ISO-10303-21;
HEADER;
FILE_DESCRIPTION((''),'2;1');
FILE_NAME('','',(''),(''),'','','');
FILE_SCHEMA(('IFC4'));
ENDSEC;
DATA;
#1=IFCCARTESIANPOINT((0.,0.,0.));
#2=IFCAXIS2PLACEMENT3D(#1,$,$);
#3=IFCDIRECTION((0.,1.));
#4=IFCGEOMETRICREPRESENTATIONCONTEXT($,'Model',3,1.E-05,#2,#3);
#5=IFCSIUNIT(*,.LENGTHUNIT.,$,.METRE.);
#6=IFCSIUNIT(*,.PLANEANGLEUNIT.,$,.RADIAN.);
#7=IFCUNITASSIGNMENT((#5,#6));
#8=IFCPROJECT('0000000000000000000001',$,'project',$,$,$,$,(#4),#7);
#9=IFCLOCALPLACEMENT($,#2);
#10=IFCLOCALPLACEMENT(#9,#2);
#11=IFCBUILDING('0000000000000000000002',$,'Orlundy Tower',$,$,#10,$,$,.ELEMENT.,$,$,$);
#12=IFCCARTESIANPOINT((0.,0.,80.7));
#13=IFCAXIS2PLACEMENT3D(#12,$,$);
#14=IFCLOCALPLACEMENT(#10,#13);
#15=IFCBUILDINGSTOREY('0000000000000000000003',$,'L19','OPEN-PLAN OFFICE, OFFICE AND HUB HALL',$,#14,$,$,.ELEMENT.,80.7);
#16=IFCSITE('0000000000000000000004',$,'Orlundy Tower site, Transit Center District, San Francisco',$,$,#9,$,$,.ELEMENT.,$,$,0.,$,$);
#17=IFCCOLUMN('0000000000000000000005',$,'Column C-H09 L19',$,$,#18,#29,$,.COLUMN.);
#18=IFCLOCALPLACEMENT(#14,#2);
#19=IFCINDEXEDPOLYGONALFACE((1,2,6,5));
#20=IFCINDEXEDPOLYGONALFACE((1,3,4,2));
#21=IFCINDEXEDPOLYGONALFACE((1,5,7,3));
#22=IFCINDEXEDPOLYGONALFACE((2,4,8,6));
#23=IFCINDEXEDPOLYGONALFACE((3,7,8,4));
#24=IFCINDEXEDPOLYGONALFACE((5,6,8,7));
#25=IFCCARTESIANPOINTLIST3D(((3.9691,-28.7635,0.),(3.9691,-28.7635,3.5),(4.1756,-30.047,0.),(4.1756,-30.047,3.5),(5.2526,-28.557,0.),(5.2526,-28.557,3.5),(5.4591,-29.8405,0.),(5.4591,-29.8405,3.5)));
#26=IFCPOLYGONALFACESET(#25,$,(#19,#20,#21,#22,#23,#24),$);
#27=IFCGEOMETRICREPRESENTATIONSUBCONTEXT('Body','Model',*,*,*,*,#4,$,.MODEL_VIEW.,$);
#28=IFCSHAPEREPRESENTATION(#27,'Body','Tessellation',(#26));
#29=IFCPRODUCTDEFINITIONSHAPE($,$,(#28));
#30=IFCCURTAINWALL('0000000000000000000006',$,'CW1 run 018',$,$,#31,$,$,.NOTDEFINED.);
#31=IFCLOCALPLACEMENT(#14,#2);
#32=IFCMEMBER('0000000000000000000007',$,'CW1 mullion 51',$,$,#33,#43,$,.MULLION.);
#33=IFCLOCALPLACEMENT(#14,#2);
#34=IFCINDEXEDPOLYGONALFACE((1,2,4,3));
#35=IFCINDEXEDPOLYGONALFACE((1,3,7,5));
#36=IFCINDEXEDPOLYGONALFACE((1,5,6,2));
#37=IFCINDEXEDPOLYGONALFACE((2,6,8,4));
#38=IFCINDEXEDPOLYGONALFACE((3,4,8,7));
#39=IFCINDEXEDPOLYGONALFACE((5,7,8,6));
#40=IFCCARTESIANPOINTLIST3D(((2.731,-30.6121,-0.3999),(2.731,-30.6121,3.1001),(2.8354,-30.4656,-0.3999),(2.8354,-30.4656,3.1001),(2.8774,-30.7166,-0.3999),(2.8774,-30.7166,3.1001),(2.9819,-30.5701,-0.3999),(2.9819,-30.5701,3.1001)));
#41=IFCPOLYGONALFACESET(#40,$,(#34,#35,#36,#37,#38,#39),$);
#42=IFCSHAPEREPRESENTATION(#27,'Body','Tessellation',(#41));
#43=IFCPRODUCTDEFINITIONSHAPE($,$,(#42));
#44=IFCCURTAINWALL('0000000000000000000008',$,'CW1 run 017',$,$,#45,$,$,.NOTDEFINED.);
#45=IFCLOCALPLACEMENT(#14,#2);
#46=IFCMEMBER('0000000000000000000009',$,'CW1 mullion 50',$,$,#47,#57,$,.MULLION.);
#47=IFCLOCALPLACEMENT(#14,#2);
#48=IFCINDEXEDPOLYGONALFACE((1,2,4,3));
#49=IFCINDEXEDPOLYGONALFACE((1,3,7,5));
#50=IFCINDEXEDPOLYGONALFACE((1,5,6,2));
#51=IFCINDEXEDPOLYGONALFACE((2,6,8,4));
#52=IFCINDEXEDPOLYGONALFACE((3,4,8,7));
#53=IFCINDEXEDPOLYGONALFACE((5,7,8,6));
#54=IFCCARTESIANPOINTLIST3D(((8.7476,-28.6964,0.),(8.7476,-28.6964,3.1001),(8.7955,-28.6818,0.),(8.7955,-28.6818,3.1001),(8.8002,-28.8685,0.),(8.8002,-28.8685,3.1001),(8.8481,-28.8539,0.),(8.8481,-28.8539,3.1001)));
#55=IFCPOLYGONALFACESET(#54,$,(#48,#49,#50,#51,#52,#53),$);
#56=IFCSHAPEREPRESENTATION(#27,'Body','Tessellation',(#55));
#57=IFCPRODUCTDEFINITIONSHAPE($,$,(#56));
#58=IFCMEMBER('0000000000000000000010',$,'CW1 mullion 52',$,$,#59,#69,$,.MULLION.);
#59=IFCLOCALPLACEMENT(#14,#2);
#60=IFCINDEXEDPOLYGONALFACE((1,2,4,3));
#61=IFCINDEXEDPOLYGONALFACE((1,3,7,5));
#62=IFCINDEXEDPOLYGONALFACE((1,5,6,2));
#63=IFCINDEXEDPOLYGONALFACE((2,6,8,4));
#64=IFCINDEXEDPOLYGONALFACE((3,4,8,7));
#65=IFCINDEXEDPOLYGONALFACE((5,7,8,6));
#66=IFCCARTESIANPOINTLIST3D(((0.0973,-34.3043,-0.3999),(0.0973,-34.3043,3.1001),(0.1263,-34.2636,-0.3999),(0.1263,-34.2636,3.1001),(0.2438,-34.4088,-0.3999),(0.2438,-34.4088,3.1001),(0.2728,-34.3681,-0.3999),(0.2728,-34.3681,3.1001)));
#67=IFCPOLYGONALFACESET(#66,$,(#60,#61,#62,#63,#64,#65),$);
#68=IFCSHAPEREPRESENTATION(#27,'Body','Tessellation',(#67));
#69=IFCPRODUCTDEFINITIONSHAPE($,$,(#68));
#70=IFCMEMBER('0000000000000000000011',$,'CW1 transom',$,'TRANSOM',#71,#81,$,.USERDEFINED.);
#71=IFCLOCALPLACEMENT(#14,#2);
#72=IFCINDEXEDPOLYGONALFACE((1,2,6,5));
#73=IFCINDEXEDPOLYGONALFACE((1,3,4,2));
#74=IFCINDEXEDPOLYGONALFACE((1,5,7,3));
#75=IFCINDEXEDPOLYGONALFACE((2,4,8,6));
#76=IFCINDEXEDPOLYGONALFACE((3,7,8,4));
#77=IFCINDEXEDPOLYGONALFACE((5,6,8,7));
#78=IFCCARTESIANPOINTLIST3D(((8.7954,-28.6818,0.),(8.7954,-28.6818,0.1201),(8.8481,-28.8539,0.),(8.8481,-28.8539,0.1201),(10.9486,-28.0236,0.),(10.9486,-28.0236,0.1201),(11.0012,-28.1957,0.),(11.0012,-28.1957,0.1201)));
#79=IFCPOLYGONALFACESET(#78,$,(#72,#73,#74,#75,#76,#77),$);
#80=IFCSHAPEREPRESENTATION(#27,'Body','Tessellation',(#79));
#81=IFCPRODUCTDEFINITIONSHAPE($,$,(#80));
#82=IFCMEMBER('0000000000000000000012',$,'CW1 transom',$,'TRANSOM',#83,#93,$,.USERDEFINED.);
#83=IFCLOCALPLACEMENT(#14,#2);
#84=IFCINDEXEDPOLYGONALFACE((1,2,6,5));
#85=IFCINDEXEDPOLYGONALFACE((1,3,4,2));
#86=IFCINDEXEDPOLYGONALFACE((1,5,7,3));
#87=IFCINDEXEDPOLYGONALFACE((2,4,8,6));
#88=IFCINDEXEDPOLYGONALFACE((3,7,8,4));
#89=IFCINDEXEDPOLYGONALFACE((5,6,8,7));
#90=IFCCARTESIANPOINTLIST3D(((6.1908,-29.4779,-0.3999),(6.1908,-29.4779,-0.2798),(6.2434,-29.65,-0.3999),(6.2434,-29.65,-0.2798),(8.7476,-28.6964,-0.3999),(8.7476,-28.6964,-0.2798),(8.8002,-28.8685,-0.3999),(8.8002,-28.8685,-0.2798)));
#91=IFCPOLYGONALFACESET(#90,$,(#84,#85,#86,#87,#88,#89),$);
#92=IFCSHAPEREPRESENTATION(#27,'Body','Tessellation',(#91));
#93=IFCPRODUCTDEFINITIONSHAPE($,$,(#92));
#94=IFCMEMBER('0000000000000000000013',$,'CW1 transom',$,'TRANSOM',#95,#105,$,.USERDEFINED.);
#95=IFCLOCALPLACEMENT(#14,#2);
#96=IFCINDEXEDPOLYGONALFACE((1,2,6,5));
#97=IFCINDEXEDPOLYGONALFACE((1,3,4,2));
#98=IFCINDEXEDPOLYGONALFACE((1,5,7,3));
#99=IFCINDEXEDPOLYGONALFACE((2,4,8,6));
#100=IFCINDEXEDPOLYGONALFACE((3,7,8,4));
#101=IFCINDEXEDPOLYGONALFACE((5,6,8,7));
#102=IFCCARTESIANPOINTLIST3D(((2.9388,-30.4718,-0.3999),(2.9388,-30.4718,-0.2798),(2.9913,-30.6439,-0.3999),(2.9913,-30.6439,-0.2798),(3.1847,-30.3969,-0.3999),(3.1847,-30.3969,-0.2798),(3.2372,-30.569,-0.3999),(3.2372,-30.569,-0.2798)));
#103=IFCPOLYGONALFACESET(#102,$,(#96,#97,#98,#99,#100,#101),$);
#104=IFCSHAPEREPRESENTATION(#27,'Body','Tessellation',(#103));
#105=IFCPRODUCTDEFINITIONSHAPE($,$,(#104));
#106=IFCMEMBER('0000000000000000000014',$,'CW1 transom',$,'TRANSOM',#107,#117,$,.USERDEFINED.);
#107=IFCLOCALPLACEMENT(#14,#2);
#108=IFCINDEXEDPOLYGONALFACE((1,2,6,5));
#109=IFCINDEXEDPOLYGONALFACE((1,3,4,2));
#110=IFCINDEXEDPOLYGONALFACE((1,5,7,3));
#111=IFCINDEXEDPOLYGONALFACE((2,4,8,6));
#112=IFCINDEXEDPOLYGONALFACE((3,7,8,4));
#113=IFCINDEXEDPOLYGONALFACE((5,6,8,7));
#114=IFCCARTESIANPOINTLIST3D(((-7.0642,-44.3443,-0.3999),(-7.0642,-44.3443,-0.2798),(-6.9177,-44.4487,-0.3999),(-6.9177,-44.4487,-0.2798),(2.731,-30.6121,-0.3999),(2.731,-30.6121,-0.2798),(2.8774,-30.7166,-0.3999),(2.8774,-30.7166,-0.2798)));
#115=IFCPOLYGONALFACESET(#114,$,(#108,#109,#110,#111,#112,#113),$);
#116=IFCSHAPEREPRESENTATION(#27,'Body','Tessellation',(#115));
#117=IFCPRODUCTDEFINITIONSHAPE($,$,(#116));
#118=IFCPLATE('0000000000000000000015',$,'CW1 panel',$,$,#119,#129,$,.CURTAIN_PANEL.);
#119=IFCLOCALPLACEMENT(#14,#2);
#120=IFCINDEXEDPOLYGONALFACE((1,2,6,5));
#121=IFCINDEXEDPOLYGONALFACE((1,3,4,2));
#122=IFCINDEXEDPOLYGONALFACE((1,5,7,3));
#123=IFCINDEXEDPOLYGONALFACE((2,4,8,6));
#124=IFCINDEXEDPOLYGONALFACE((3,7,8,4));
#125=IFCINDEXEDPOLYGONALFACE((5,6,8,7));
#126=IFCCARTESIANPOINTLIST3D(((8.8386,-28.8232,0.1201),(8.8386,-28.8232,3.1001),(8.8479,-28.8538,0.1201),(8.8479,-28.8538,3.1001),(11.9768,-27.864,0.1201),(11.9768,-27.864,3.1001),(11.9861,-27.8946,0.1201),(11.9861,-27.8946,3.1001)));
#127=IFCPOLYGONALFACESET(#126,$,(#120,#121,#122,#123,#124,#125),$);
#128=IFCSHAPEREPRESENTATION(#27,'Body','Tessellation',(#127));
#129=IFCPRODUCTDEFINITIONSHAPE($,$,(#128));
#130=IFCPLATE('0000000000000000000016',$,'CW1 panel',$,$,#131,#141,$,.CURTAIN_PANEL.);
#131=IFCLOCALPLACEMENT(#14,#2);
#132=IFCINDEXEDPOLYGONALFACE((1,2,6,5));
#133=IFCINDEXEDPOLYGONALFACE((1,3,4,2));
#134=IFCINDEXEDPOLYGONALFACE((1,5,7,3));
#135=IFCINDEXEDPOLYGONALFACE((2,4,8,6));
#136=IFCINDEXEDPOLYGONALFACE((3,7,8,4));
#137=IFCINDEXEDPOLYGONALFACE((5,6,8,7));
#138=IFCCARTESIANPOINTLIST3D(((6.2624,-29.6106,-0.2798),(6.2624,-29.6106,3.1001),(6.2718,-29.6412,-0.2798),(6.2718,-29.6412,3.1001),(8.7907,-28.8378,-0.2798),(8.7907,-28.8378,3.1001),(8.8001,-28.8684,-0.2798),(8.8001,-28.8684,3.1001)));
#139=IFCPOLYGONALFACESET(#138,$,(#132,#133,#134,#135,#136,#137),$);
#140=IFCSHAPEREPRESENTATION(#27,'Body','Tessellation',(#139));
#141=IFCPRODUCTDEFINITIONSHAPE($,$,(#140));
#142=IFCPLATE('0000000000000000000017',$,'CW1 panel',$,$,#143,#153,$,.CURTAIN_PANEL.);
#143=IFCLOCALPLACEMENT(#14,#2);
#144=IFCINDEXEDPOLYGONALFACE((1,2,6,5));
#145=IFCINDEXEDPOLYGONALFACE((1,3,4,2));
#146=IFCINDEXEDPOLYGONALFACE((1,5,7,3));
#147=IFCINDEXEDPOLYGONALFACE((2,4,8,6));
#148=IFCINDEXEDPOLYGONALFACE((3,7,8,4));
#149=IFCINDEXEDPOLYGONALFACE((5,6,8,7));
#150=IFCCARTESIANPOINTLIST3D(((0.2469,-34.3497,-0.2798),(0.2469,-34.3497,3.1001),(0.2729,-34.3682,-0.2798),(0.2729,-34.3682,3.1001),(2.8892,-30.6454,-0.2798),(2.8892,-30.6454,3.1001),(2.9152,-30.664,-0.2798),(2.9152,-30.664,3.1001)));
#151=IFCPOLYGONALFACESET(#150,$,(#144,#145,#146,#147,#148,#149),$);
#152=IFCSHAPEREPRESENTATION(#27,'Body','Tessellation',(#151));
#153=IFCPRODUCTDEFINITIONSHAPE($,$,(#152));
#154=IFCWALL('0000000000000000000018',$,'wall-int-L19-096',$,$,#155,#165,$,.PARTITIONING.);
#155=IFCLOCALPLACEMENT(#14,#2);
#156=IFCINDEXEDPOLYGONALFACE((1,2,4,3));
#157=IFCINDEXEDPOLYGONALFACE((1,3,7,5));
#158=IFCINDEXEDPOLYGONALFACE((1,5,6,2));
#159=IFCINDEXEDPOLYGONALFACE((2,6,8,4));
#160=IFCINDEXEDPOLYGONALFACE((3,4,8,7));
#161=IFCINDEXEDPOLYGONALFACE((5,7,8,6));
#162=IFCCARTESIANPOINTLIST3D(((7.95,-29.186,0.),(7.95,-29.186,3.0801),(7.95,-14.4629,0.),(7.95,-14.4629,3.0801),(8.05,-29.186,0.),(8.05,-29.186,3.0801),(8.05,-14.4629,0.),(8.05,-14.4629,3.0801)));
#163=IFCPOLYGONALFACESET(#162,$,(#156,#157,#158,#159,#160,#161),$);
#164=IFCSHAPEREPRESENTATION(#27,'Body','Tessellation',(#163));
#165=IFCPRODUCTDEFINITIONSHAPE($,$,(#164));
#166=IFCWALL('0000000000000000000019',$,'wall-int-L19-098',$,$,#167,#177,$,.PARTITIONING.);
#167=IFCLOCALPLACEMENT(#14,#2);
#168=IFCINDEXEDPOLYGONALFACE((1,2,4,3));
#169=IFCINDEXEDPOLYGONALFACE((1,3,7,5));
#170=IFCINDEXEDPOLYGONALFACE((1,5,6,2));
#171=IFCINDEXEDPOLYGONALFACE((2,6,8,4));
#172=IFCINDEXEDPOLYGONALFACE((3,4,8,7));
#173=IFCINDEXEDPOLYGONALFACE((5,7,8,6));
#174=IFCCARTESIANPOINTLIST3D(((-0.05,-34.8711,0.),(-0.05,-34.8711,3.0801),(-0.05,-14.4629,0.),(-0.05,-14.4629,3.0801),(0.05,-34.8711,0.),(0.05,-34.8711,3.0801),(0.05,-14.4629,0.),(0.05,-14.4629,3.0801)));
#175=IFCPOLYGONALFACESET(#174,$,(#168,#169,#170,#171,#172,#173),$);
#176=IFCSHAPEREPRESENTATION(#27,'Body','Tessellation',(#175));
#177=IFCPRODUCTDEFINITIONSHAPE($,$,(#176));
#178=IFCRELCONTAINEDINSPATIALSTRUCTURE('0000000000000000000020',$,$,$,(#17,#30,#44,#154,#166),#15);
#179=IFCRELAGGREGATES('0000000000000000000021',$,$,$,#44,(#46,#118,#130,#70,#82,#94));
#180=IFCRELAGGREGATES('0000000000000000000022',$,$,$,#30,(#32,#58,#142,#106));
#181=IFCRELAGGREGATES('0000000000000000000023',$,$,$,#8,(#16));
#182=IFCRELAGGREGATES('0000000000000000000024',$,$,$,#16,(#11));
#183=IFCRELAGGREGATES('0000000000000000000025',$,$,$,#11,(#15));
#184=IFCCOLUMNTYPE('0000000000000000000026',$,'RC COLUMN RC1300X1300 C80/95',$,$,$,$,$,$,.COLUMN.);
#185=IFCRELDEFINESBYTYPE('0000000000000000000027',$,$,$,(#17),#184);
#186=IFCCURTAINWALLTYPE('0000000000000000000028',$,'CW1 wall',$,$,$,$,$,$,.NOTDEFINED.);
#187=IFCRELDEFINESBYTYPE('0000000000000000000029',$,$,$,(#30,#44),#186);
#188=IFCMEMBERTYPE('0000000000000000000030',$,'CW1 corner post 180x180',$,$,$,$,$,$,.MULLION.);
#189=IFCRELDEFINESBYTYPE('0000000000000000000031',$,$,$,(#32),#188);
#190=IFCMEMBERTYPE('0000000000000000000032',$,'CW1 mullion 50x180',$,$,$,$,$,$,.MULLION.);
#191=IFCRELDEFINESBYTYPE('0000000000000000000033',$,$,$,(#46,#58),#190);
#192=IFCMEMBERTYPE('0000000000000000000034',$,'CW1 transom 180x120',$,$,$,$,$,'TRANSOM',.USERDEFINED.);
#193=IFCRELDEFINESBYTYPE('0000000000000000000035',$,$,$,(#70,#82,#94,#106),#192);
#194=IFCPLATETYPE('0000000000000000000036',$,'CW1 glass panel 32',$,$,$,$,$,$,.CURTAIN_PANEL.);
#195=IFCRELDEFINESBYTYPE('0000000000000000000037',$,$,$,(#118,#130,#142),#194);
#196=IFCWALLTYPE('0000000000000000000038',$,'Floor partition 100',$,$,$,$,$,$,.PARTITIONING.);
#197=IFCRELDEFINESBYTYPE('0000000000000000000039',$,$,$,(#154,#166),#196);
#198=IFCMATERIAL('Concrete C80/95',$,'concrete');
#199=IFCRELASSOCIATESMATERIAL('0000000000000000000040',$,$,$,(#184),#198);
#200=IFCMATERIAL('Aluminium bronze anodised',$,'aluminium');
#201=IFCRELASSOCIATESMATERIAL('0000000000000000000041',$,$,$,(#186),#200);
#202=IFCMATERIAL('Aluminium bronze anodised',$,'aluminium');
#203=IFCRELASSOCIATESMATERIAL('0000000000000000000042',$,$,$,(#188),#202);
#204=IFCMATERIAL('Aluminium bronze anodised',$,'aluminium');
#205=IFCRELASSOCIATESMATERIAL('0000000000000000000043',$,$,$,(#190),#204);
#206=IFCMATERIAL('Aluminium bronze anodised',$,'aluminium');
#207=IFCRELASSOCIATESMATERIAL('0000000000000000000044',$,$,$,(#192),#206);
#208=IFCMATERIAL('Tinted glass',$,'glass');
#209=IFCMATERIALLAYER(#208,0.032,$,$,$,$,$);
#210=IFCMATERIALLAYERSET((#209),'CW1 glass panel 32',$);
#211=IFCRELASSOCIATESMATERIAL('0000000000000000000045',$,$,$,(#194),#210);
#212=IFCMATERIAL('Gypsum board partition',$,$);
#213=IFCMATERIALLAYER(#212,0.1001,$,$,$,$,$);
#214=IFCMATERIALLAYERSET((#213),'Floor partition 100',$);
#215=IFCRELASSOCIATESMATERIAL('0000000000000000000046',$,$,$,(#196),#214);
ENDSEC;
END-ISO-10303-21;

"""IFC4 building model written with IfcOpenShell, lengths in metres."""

from ifc_helpers import new_model, si_unit, direction, frame, frame_2d, origin, origin_2d, place, context, subcontext, project, spatial, rectangle, extrude, material, layer, layer_set, material_profile, profile_set, type_object, element, aggregate, save


model = new_model("IFC4")

# Units and contexts
model_context = context("Model", 3, precision=1e-05, world=origin(), true_north=direction((0.0, 1.0)))
body_context = subcontext(model_context, "Body", "Model", "MODEL_VIEW")
ifc_project = project(units=[si_unit("LENGTHUNIT", "METRE"), si_unit("PLANEANGLEUNIT", "RADIAN")], contexts=[model_context])

# Site, building, storey
site_placement = place(None, origin())
site = spatial("IfcSite", under=ifc_project, at=site_placement, Name="Orlundy Tower site, Transit Center District, San Francisco", CompositionType="ELEMENT", RefElevation=0.0)
building_placement = place(site_placement, origin())
building = spatial("IfcBuilding", under=site, at=building_placement, Name="Orlundy Tower", CompositionType="ELEMENT")
storey_placement = place(building_placement, frame((0.0, 0.0, 80.7)))
storey = spatial("IfcBuildingStorey", under=building, at=storey_placement, Name="L19", Description="OPEN-PLAN OFFICE, OFFICE AND HUB HALL", CompositionType="ELEMENT", Elevation=80.7)

# Column
ifc_material_1 = material(Name="Concrete C80/95", Category="concrete")
ifc_material_profile_1 = material_profile(ifc_material_1, rectangle(XDim=1.3, YDim=1.3, at=origin_2d()), Name="RC1300X1300")
ifc_profile_set_1 = profile_set([ifc_material_profile_1], Name="Concrete C80/95")
column_type = type_object("IfcColumnType", Name="RC COLUMN RC1300X1300 C80/95", PredefinedType="COLUMN", material=ifc_profile_set_1)
column_placement = place(storey_placement, frame((4.7141, -29.302, 0.0), z_axis=(0.0, 0.0, 1.0), x_axis=(0.15883, -0.987306, 0.0)))
element("IfcColumn", 1, at=column_placement, inside=storey, type_object=column_type, Name="Column C-H09 L19", PredefinedType="COLUMN", context=body_context, shape_type="SweptSolid", body=[
    extrude(rectangle(XDim=1.3, YDim=1.3, at=origin_2d()), origin(), (0.0, 0.0, 1.0), 3.5),
])

# Curtain walls, members
ifc_material_2 = material(Name="Aluminium bronze anodised", Category="aluminium")
curtain_wall_type = type_object("IfcCurtainWallType", Name="CW1 wall", PredefinedType="NOTDEFINED", material=ifc_material_2)
curtain_wall_1_placement = place(storey_placement, origin())
curtain_wall_1 = element("IfcCurtainWall", 2, at=curtain_wall_1_placement, inside=storey, type_object=curtain_wall_type, Name="CW1 run 018", PredefinedType="NOTDEFINED")
ifc_material_3 = material(Name="Aluminium bronze anodised", Category="aluminium")
ifc_material_profile_2 = material_profile(ifc_material_3, rectangle(XDim=0.1799, YDim=0.1799, at=origin_2d()), Name="CW1 corner post 180x180")
ifc_profile_set_2 = profile_set([ifc_material_profile_2], Name="Aluminium bronze anodised")
member_type_1 = type_object("IfcMemberType", Name="CW1 corner post 180x180", PredefinedType="MULLION", material=ifc_profile_set_2)
member_1_placement = place(storey_placement, frame((2.8564, -30.5911, -0.3999), z_axis=(0.0, 0.0, 1.0), x_axis=(0.81411, -0.58071, 0.0)))
member_1 = element("IfcMember", 3, at=member_1_placement, type_object=member_type_1, Name="CW1 mullion 51", PredefinedType="MULLION", context=body_context, shape_type="SweptSolid", body=[
    extrude(rectangle(XDim=0.1799, YDim=0.1799, at=origin_2d()), origin(), (0.0, 0.0, 1.0), 3.5),
])
curtain_wall_2_placement = place(storey_placement, origin())
curtain_wall_2 = element("IfcCurtainWall", 4, at=curtain_wall_2_placement, inside=storey, type_object=curtain_wall_type, Name="CW1 run 017", PredefinedType="NOTDEFINED")
ifc_material_4 = material(Name="Aluminium bronze anodised", Category="aluminium")
ifc_material_profile_3 = material_profile(ifc_material_4, rectangle(XDim=0.1799, YDim=0.05, at=origin_2d()), Name="CW1 mullion 50x180")
ifc_profile_set_3 = profile_set([ifc_material_profile_3], Name="Aluminium bronze anodised")
member_type_2 = type_object("IfcMemberType", Name="CW1 mullion 50x180", PredefinedType="MULLION", material=ifc_profile_set_3)
member_2_placement = place(storey_placement, frame((8.7979, -28.7751, 0.0), z_axis=(0.0, 0.0, 1.0), x_axis=(0.292318, -0.956321, 0.0)))
member_2 = element("IfcMember", 5, at=member_2_placement, type_object=member_type_2, Name="CW1 mullion 50", PredefinedType="MULLION", context=body_context, shape_type="SweptSolid", body=[
    extrude(rectangle(XDim=0.1799, YDim=0.05, at=origin_2d()), origin(), (0.0, 0.0, 1.0), 3.1001),
])

# Members
member_3_placement = place(storey_placement, frame((0.1851, -34.3362, -0.3999), z_axis=(0.0, 0.0, 1.0), x_axis=(0.81411, -0.58071, 0.0)))
member_3 = element("IfcMember", 6, at=member_3_placement, type_object=member_type_2, Name="CW1 mullion 52", PredefinedType="MULLION", context=body_context, shape_type="SweptSolid", body=[
    extrude(rectangle(XDim=0.1799, YDim=0.05, at=origin_2d()), origin(), (0.0, 0.0, 1.0), 3.5),
])
ifc_material_5 = material(Name="Aluminium bronze anodised", Category="aluminium")
ifc_material_profile_4 = material_profile(ifc_material_5, rectangle(XDim=0.1799, YDim=0.1201, at=origin_2d()), Name="CW1 transom 180x120")
ifc_profile_set_4 = profile_set([ifc_material_profile_4], Name="Aluminium bronze anodised")
member_type_3 = type_object("IfcMemberType", Name="CW1 transom 180x120", ElementType="TRANSOM", PredefinedType="USERDEFINED", material=ifc_profile_set_4)
member_4_placement = place(storey_placement, frame((10.9749, -28.1096, 0.0601), z_axis=(-0.956312, -0.292348, 0.0), x_axis=(0.292348, -0.956312, 0.0)))
member_4 = element("IfcMember", 7, at=member_4_placement, type_object=member_type_3, Name="CW1 transom", ObjectType="TRANSOM", PredefinedType="USERDEFINED", context=body_context, shape_type="SweptSolid", body=[
    extrude(rectangle(XDim=0.1799, YDim=0.1201, at=origin_2d()), origin(), (0.0, 0.0, 1.0), 2.2515),
])
member_5_placement = place(storey_placement, frame((8.7739, -28.7825, -0.3398), z_axis=(-0.956328, -0.292295, 0.0), x_axis=(0.292295, -0.956328, 0.0)))
member_5 = element("IfcMember", 8, at=member_5_placement, type_object=member_type_3, Name="CW1 transom", ObjectType="TRANSOM", PredefinedType="USERDEFINED", context=body_context, shape_type="SweptSolid", body=[
    extrude(rectangle(XDim=0.1799, YDim=0.1201, at=origin_2d()), origin(), (0.0, 0.0, 1.0), 2.6736),
])
member_6_placement = place(storey_placement, frame((3.2109, -30.4829, -0.3398), z_axis=(-0.956536, -0.291615, 0.0), x_axis=(0.291615, -0.956536, 0.0)))
member_6 = element("IfcMember", 9, at=member_6_placement, type_object=member_type_3, Name="CW1 transom", ObjectType="TRANSOM", PredefinedType="USERDEFINED", context=body_context, shape_type="SweptSolid", body=[
    extrude(rectangle(XDim=0.1799, YDim=0.1201, at=origin_2d()), origin(), (0.0, 0.0, 1.0), 0.2571),
])
member_7_placement = place(storey_placement, frame((2.8042, -30.6643, -0.3398), z_axis=(-0.580707, -0.814113, 0.0), x_axis=(0.814113, -0.580707, 0.0)))
member_7 = element("IfcMember", 10, at=member_7_placement, type_object=member_type_3, Name="CW1 transom", ObjectType="TRANSOM", PredefinedType="USERDEFINED", context=body_context, shape_type="SweptSolid", body=[
    extrude(rectangle(XDim=0.1799, YDim=0.1201, at=origin_2d()), origin(), (0.0, 0.0, 1.0), 16.8677),
])

# Plates
ifc_material_6 = material(Name="Tinted glass", Category="glass")
ifc_layer_1 = layer(ifc_material_6, 0.032)
ifc_layer_set_1 = layer_set([ifc_layer_1], Name="CW1 glass panel 32")
plate_type = type_object("IfcPlateType", Name="CW1 glass panel 32", PredefinedType="CURTAIN_PANEL", material=ifc_layer_set_1)
plate_1_placement = place(storey_placement, frame((10.4124, -28.3589, 0.1201), z_axis=(0.0, 0.0, 1.0), x_axis=(-0.956321, -0.292318, 0.0)))
plate_1 = element("IfcPlate", 11, at=plate_1_placement, type_object=plate_type, Name="CW1 panel", PredefinedType="CURTAIN_PANEL", context=body_context, shape_type="SweptSolid", body=[
    extrude(rectangle(XDim=3.2815, YDim=0.032, at=origin_2d()), origin(), (0.0, 0.0, 1.0), 2.98),
])
plate_2_placement = place(storey_placement, frame((7.5312, -29.2395, -0.2798), z_axis=(0.0, 0.0, 1.0), x_axis=(-0.956321, -0.292318, 0.0)))
plate_2 = element("IfcPlate", 12, at=plate_2_placement, type_object=plate_type, Name="CW1 panel", PredefinedType="CURTAIN_PANEL", context=body_context, shape_type="SweptSolid", body=[
    extrude(rectangle(XDim=2.6438, YDim=0.032, at=origin_2d()), origin(), (0.0, 0.0, 1.0), 3.3799),
])
aggregate(curtain_wall_2, [member_2, plate_1, plate_2, member_4, member_5, member_6])
plate_3_placement = place(storey_placement, frame((1.5811, -32.5068, -0.2798), z_axis=(0.0, 0.0, 1.0), x_axis=(-0.58071, -0.81411, 0.0)))
plate_3 = element("IfcPlate", 13, at=plate_3_placement, type_object=plate_type, Name="CW1 panel", PredefinedType="CURTAIN_PANEL", context=body_context, shape_type="SweptSolid", body=[
    extrude(rectangle(XDim=4.55, YDim=0.032, at=origin_2d()), origin(), (0.0, 0.0, 1.0), 3.3799),
])
aggregate(curtain_wall_1, [member_1, member_3, plate_3, member_7])

# Walls
ifc_material_7 = material(Name="Gypsum board partition")
ifc_layer_2 = layer(ifc_material_7, 0.1001)
ifc_layer_set_2 = layer_set([ifc_layer_2], Name="Floor partition 100")
wall_type = type_object("IfcWallType", Name="Floor partition 100", PredefinedType="PARTITIONING", material=ifc_layer_set_2)
wall_1_placement = place(storey_placement, frame((8.0, -29.186, 0.0), z_axis=(0.0, 0.0, 1.0), x_axis=(0.0, 1.0, 0.0)))
element("IfcWall", 14, at=wall_1_placement, inside=storey, type_object=wall_type, Name="wall-int-L19-096", PredefinedType="PARTITIONING", context=body_context, shape_type="SweptSolid", body=[
    extrude(rectangle(XDim=14.7231, YDim=0.1001, at=frame_2d((7.3616, 0.0))), origin(), (0.0, 0.0, 1.0), 3.0801),
])
wall_2_placement = place(storey_placement, frame((0.0, -34.8711, 0.0), z_axis=(0.0, 0.0, 1.0), x_axis=(0.0, 1.0, 0.0)))
element("IfcWall", 15, at=wall_2_placement, inside=storey, type_object=wall_type, Name="wall-int-L19-098", PredefinedType="PARTITIONING", context=body_context, shape_type="SweptSolid", body=[
    extrude(rectangle(XDim=20.4082, YDim=0.1001, at=frame_2d((10.2041, 0.0))), origin(), (0.0, 0.0, 1.0), 3.0801),
])

save(model, "model.ifc")
